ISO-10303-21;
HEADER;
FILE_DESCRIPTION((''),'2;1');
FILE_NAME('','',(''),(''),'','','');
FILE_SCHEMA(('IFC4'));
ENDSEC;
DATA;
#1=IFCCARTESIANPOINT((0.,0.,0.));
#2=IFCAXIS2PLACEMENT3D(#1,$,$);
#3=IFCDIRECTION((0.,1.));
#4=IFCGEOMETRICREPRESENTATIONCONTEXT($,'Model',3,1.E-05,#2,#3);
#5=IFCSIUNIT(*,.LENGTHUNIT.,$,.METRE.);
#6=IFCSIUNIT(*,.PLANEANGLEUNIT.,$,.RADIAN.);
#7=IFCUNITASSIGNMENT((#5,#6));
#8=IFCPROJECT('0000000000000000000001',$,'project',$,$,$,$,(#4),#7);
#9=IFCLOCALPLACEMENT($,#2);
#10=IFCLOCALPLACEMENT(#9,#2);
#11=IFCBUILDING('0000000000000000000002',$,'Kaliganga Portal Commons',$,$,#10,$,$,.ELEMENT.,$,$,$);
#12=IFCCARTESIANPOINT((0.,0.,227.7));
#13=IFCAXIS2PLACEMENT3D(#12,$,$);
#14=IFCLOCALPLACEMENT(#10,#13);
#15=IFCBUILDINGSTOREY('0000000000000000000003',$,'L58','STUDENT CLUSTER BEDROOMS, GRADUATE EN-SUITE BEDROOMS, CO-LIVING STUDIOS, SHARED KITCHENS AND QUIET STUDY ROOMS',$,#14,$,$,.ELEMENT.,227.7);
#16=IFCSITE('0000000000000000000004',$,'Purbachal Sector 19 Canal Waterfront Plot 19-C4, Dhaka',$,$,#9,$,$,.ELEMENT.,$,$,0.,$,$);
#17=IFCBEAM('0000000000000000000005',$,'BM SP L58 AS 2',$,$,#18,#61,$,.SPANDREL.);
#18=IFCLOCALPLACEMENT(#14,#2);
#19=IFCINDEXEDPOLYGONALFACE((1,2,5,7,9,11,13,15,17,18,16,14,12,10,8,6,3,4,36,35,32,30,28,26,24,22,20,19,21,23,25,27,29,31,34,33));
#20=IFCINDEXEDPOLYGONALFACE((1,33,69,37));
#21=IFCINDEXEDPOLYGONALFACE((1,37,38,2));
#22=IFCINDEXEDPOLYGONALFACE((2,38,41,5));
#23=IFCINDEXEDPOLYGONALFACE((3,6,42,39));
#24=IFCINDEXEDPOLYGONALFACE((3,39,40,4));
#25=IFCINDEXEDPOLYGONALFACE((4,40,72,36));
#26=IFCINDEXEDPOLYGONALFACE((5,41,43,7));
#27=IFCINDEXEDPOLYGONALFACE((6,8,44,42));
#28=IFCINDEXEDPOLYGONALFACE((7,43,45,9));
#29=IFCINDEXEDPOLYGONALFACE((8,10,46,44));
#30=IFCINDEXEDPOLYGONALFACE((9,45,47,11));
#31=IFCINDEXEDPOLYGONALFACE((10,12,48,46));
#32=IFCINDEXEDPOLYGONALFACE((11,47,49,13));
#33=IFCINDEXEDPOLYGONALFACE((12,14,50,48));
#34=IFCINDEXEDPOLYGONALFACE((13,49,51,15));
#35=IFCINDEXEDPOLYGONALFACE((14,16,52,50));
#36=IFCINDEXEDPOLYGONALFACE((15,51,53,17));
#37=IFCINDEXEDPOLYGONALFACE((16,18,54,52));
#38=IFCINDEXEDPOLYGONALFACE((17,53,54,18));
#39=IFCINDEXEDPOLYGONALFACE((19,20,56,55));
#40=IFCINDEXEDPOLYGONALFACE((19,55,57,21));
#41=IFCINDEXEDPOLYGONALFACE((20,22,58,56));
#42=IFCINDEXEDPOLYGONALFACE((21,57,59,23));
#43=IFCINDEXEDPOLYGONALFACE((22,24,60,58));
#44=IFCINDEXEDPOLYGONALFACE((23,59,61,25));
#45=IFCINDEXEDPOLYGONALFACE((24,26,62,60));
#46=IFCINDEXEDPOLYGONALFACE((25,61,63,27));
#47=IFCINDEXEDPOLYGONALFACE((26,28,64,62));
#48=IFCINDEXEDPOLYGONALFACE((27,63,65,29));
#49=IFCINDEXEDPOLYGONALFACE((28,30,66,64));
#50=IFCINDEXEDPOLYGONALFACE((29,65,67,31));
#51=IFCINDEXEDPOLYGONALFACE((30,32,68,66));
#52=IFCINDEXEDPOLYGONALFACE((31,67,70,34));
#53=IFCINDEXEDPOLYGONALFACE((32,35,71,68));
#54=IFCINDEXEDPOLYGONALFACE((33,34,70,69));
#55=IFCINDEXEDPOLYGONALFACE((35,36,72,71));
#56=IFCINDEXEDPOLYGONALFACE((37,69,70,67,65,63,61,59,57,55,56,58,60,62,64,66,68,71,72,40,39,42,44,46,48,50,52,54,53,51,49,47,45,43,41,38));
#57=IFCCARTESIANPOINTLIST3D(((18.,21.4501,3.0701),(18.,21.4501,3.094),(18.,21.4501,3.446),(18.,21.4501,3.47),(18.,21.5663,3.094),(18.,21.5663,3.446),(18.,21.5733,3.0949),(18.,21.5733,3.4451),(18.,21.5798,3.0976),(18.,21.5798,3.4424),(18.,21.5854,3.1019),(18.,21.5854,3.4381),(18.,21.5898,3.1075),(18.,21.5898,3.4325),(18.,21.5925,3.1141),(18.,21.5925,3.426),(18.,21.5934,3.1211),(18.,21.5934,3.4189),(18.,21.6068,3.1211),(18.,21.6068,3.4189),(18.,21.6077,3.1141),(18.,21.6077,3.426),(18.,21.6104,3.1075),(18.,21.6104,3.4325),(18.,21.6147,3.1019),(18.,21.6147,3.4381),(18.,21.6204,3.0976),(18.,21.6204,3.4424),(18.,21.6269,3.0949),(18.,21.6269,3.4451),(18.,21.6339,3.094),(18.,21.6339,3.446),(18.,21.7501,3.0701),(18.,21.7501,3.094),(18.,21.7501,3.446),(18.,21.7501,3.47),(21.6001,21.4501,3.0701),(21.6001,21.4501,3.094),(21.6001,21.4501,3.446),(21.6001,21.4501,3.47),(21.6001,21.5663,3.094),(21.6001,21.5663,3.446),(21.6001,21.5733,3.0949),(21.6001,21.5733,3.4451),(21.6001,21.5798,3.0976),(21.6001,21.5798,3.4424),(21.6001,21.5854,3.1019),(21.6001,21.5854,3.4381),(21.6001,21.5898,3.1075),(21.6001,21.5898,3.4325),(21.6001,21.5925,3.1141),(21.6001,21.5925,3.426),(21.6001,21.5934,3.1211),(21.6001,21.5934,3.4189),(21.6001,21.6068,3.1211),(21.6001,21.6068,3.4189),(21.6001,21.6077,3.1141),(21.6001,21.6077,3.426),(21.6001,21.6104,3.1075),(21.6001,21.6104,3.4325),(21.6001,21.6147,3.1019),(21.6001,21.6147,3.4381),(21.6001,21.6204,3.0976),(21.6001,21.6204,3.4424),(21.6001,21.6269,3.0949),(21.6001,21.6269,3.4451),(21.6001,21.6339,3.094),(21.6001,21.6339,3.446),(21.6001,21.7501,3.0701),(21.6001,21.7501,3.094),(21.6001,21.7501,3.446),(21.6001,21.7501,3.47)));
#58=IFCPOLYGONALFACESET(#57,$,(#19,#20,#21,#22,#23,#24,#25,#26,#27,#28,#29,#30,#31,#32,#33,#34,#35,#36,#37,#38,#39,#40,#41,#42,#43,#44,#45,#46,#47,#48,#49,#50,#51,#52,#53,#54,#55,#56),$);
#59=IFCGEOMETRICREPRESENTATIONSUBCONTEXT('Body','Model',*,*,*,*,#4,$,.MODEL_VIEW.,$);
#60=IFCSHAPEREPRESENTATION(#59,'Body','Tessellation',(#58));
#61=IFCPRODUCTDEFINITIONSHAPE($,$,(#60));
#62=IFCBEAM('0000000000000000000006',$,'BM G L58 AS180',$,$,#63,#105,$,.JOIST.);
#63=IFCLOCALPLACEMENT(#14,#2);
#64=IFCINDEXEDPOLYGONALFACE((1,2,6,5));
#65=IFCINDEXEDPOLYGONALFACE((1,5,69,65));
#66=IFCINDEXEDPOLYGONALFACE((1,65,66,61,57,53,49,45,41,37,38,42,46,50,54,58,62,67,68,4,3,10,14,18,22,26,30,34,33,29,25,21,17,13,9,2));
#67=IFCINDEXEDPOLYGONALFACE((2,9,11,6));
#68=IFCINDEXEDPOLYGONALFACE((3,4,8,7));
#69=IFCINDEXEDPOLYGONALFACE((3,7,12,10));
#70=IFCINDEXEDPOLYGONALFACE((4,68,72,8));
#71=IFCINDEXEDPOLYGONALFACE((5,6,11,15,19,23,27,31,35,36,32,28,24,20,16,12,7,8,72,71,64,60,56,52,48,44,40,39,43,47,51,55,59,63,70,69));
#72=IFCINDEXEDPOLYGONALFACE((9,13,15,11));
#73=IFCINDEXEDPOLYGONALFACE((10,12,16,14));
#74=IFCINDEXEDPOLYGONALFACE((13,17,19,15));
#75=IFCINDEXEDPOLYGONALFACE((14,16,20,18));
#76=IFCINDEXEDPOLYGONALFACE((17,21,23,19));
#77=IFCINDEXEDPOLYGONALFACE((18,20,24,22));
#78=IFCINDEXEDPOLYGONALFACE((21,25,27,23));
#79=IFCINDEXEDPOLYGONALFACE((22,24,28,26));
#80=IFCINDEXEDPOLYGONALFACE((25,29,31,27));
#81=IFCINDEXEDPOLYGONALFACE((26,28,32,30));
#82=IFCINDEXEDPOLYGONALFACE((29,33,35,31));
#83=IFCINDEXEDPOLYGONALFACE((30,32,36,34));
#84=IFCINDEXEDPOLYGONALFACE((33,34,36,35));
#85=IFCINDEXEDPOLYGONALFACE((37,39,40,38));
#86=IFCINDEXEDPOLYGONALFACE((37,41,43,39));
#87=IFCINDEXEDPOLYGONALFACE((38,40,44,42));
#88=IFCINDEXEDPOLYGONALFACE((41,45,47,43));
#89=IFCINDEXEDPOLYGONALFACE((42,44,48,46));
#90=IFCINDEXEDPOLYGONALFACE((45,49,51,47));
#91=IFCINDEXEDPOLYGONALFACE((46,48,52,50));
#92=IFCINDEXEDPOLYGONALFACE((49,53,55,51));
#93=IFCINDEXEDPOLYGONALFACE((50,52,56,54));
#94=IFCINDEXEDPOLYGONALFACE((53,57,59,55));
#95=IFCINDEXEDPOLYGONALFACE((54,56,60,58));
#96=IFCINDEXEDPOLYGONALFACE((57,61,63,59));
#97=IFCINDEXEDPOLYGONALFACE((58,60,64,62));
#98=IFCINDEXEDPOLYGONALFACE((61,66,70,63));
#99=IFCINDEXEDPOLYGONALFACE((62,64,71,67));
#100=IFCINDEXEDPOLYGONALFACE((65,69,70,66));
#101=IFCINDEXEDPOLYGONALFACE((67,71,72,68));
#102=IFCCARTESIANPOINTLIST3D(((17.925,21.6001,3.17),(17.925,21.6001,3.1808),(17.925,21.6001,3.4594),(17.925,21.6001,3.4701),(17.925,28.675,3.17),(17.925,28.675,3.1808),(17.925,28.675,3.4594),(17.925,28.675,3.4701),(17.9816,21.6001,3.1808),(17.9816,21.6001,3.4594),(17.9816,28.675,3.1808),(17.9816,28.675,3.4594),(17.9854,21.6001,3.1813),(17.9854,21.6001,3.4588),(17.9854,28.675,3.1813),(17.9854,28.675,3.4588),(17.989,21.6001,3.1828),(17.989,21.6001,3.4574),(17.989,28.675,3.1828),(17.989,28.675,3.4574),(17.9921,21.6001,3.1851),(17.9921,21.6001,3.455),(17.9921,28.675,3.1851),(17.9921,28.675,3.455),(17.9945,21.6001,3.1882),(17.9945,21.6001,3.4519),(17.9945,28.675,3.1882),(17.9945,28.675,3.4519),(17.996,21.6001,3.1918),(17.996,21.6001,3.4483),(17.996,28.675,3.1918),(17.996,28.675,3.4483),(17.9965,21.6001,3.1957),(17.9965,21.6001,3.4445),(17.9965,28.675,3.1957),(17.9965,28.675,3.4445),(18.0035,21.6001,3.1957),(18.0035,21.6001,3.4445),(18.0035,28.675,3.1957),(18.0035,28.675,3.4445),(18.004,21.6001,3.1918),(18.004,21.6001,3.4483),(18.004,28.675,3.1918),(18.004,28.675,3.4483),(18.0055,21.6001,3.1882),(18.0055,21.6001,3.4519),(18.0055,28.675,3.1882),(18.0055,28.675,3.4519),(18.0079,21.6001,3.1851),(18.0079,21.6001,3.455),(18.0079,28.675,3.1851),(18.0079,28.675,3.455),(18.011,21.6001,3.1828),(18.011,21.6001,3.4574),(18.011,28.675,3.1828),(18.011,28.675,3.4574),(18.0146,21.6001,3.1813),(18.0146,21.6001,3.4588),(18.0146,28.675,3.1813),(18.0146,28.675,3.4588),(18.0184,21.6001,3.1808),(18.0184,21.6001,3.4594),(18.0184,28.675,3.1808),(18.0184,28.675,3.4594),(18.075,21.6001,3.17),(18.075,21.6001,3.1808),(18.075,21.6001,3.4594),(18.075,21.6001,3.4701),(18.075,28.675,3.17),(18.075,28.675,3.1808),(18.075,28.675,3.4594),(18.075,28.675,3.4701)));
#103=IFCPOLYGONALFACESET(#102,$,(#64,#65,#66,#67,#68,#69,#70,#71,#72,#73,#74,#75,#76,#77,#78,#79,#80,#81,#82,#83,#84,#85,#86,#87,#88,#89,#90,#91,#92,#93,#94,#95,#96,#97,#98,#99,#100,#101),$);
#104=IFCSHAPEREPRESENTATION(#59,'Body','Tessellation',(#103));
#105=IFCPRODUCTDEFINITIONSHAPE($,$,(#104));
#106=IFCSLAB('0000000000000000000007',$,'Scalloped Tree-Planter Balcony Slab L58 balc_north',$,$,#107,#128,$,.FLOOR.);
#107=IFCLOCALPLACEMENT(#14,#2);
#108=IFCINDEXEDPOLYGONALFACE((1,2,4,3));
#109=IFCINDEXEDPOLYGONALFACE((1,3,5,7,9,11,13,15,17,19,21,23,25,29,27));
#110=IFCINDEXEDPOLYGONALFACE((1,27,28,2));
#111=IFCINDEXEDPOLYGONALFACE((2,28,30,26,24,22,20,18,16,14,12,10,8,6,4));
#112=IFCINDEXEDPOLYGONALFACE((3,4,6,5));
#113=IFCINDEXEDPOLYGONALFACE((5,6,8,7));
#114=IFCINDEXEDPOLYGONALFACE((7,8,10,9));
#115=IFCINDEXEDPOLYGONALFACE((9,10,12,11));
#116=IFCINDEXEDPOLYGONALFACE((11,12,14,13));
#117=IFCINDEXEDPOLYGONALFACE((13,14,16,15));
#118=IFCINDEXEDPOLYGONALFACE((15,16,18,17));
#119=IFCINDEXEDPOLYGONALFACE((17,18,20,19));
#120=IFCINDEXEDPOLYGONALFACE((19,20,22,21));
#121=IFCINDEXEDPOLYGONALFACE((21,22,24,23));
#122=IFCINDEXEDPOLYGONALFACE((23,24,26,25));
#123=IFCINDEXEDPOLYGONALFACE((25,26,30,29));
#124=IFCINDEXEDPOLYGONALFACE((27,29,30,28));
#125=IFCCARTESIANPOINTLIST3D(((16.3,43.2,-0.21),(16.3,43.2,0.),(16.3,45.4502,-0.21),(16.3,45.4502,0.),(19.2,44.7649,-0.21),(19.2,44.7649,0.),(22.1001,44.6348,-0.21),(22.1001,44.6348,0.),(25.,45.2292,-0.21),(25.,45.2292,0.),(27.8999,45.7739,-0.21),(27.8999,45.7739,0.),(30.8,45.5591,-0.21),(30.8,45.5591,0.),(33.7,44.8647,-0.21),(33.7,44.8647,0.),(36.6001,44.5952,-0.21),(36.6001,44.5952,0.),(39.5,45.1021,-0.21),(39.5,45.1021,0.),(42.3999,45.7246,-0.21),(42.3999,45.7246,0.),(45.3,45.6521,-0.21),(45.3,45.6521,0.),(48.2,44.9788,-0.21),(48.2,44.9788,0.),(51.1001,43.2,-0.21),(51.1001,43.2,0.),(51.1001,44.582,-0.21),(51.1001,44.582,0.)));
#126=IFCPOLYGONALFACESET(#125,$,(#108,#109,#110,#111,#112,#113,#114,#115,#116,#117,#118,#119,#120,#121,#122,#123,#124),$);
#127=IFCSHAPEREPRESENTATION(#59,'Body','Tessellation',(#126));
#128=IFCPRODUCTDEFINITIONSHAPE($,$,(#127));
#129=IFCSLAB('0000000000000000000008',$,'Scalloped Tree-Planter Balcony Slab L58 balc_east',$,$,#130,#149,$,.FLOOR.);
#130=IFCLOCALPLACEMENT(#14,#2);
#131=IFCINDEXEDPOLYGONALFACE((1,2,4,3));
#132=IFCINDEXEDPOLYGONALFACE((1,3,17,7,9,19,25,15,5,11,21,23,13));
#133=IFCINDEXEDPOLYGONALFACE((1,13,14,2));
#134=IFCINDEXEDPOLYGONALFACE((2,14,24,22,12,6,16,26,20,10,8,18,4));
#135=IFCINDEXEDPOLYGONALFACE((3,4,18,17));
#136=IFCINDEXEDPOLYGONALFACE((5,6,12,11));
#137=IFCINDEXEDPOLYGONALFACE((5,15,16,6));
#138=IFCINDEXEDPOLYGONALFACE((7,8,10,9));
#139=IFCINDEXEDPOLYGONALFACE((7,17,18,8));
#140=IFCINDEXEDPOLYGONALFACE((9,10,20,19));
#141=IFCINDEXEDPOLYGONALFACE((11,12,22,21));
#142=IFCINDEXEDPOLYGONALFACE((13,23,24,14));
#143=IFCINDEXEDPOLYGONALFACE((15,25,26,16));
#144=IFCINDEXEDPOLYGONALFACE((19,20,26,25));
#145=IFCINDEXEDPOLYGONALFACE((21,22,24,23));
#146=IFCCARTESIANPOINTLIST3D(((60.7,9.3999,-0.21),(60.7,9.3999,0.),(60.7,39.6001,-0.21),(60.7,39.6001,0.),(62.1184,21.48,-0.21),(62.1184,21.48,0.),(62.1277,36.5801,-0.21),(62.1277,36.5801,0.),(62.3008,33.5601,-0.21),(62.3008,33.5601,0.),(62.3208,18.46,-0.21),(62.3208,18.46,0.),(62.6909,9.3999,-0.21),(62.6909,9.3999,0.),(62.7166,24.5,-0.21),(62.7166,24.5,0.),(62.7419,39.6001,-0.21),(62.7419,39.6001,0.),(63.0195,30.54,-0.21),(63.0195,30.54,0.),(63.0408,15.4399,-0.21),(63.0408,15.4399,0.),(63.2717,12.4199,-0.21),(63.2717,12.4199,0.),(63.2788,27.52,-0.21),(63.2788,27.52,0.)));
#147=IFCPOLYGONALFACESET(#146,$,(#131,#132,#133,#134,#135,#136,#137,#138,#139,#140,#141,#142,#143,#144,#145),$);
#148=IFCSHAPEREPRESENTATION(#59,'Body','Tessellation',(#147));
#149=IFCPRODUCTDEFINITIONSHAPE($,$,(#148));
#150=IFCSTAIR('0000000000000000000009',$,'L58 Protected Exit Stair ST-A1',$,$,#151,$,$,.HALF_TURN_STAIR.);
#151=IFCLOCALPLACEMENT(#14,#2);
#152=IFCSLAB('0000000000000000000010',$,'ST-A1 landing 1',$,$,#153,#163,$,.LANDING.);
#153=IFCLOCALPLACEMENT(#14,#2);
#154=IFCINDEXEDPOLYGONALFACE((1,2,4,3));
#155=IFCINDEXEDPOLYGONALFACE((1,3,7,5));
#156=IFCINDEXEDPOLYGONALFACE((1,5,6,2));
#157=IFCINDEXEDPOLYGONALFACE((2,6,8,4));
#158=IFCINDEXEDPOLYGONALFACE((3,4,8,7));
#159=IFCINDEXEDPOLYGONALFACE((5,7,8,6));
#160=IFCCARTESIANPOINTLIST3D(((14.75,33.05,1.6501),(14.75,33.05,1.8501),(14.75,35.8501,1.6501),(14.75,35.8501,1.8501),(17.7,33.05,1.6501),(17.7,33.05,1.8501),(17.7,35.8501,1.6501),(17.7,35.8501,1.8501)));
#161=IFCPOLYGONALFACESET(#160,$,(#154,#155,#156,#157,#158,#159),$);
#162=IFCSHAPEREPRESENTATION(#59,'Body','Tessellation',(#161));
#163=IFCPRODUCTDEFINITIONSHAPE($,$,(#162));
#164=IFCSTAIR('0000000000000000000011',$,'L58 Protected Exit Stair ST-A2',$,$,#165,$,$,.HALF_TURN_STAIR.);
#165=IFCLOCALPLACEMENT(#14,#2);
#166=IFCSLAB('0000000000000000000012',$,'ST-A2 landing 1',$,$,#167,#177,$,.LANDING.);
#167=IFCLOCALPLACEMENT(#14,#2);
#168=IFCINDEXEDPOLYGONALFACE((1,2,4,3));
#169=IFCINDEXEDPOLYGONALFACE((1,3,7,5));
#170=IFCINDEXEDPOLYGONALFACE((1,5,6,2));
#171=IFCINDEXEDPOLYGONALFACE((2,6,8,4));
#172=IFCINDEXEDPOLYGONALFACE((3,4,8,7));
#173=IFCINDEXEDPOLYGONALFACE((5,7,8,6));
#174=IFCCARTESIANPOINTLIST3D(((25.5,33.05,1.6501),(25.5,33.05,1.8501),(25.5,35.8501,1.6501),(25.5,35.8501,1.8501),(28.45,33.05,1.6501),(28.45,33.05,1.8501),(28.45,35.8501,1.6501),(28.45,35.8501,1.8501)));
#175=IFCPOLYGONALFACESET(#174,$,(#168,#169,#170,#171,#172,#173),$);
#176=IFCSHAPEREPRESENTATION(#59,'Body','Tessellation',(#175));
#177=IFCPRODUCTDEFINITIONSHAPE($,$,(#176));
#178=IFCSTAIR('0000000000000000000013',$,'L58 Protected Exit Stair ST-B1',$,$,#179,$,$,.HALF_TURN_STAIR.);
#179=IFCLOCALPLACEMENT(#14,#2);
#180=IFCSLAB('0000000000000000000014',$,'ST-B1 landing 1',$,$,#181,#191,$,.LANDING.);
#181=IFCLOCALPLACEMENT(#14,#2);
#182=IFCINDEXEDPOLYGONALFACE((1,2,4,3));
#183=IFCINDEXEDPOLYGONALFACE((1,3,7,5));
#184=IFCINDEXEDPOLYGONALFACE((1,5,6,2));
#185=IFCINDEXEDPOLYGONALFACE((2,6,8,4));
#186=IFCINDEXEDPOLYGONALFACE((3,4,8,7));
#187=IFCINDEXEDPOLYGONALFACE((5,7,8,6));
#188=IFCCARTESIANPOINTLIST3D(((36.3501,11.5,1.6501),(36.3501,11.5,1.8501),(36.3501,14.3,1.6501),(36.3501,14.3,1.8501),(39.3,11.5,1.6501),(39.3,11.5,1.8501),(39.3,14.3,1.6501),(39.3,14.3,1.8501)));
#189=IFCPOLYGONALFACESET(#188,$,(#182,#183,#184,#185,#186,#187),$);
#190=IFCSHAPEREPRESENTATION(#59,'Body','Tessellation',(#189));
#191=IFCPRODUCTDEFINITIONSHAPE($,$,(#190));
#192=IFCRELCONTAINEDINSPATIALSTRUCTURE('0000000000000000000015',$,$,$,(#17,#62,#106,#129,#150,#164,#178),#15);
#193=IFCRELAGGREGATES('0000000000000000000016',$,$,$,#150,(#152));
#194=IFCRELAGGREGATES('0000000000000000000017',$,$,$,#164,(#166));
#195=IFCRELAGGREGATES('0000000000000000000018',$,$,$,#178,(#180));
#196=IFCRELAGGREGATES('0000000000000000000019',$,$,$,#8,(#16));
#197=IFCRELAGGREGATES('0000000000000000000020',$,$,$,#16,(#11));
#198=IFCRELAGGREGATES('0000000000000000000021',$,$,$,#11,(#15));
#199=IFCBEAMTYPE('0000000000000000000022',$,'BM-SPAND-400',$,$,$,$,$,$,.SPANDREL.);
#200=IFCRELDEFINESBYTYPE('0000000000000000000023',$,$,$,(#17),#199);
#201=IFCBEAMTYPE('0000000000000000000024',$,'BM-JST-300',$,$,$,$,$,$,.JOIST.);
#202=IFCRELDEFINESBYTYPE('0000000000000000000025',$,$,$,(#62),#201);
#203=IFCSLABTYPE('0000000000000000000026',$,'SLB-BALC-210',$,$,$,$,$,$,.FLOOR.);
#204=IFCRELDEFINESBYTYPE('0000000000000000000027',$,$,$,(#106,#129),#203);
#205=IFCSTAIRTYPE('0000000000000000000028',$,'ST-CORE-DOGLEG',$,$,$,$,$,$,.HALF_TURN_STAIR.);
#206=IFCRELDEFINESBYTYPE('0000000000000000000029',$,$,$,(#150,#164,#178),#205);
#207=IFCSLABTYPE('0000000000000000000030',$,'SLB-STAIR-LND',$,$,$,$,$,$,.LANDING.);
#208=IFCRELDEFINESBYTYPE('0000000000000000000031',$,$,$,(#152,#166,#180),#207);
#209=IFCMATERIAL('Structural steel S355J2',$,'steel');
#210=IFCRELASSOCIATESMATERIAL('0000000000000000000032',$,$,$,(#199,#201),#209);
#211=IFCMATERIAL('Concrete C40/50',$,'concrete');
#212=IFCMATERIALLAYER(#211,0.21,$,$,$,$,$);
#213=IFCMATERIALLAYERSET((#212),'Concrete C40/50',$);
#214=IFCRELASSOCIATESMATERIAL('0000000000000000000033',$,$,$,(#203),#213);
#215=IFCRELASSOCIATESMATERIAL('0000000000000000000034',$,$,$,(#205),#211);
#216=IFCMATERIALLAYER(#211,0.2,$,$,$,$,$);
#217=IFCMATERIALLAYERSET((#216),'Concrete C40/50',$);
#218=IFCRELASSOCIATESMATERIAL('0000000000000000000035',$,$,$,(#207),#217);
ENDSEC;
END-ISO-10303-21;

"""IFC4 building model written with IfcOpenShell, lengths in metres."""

from ifc_helpers import new_model, si_unit, direction, frame, origin, origin_2d, place, context, subcontext, project, spatial, polyline, i_section, outline, extrude, source, transform, mapped, material, layer, layer_set, material_profile, profile_set, type_object, element, aggregate, save


model = new_model("IFC4")

# Units and contexts
model_context = context("Model", 3, precision=1e-05, world=origin(), true_north=direction((0.0, 1.0)))
body_context = subcontext(model_context, "Body", "Model", "MODEL_VIEW")
ifc_project = project(units=[si_unit("LENGTHUNIT", "METRE"), si_unit("PLANEANGLEUNIT", "RADIAN")], contexts=[model_context])

# Site, building, storey
site_placement = place(None, origin())
site = spatial("IfcSite", under=ifc_project, at=site_placement, Name="Purbachal Sector 19 Canal Waterfront Plot 19-C4, Dhaka", CompositionType="ELEMENT", RefElevation=0.0)
building_placement = place(site_placement, origin())
building = spatial("IfcBuilding", under=site, at=building_placement, Name="Kaliganga Portal Commons", CompositionType="ELEMENT")
storey_placement = place(building_placement, frame((0.0, 0.0, 227.7)))
storey = spatial("IfcBuildingStorey", under=building, at=storey_placement, Name="L58", Description="STUDENT CLUSTER BEDROOMS, GRADUATE EN-SUITE BEDROOMS, CO-LIVING STUDIOS, SHARED KITCHENS AND QUIET STUDY ROOMS", CompositionType="ELEMENT", Elevation=227.7)

# Shared definitions
ifc_material_1 = material(Name="Structural steel S355J2", Category="steel")

# Beams
ifc_material_profile_1 = material_profile(ifc_material_1, i_section(OverallWidth=0.3, OverallDepth=0.3999, WebThickness=0.0134, FlangeThickness=0.0239, FilletRadius=0.0271, at=origin_2d()), Name="HE 400 B")
ifc_profile_set_1 = profile_set([ifc_material_profile_1], Name="Structural steel S355J2 wide-flange")
beam_type_1 = type_object("IfcBeamType", Name="BM-SPAND-400", PredefinedType="SPANDREL", material=ifc_profile_set_1)
shared_shape_1 = source(origin(), body_context, "Body", "SweptSolid", [
    extrude(i_section(OverallWidth=0.3, OverallDepth=0.3999, WebThickness=0.0134, FlangeThickness=0.0239, FilletRadius=0.0271, at=origin_2d()), origin(), (0.0, 0.0, 1.0), 3.6001),
])
for number, where, z_axis, x_axis, name in (
    (1, (18.0, 21.6001, 3.27), (1.0, 0.0, 0.0), (0.0, 1.0, 0.0), "BM SP L58 AS 2"),
):
    element("IfcBeam", number, at=place(storey_placement, frame(where, z_axis=z_axis, x_axis=x_axis)), inside=storey, type_object=beam_type_1, Name=name, PredefinedType="SPANDREL", context=body_context, shape_type="MappedRepresentation", body=[
        mapped(shared_shape_1, transform((0.0, 0.0, 0.0), x_axis=(1.0, 0.0, 0.0), y_axis=(0.0, 1.0, 0.0), z_axis=(0.0, 0.0, 1.0), scale=1.0)),
    ])
ifc_material_profile_2 = material_profile(ifc_material_1, i_section(OverallWidth=0.1499, OverallDepth=0.3, WebThickness=0.0071, FlangeThickness=0.0107, FilletRadius=0.0149, at=origin_2d()), Name="IPE 300")
ifc_profile_set_2 = profile_set([ifc_material_profile_2], Name="Structural steel S355J2 wide-flange")
beam_type_2 = type_object("IfcBeamType", Name="BM-JST-300", PredefinedType="JOIST", material=ifc_profile_set_2)
shared_shape_2 = source(origin(), body_context, "Body", "SweptSolid", [
    extrude(i_section(OverallWidth=0.1499, OverallDepth=0.3, WebThickness=0.0071, FlangeThickness=0.0107, FilletRadius=0.0149, at=origin_2d()), origin(), (0.0, 0.0, 1.0), 7.075),
])
beam_1_placement = place(storey_placement, frame((18.0, 21.6001, 3.3201), z_axis=(0.0, 1.0, 0.0), x_axis=(-1.0, 0.0, 0.0)))
element("IfcBeam", 2, at=beam_1_placement, inside=storey, type_object=beam_type_2, Name="BM G L58 AS180", PredefinedType="JOIST", context=body_context, shape_type="MappedRepresentation", body=[
    mapped(shared_shape_2, transform((0.0, 0.0, 0.0), x_axis=(1.0, 0.0, 0.0), y_axis=(0.0, 1.0, 0.0), z_axis=(0.0, 0.0, 1.0), scale=1.0)),
])

# Slabs
ifc_material_2 = material(Name="Concrete C40/50", Category="concrete")
ifc_layer_1 = layer(ifc_material_2, 0.21)
ifc_layer_set_1 = layer_set([ifc_layer_1], Name="Concrete C40/50")
slab_type_1 = type_object("IfcSlabType", Name="SLB-BALC-210", PredefinedType="FLOOR", material=ifc_layer_set_1)
slab_1_placement = place(storey_placement, frame((0.0, 0.0, -0.21)))
element("IfcSlab", 3, at=slab_1_placement, inside=storey, type_object=slab_type_1, Name="Scalloped Tree-Planter Balcony Slab L58 balc_north", PredefinedType="FLOOR", context=body_context, shape_type="SweptSolid", body=[
    extrude(outline(polyline([(51.1001, 43.2), (51.1001, 44.582), (48.2, 44.9788), (45.3, 45.6521), (42.3999, 45.7246), (39.5, 45.1021), (36.6001, 44.5952), (33.7, 44.8647), (30.8, 45.5591), (27.8999, 45.7739), (25.0, 45.2292), (22.1001, 44.6348), (19.2, 44.7649), (16.3, 45.4502), (16.3, 43.2), (51.1001, 43.2)])), origin(), (0.0, 0.0, 1.0), 0.21),
])
slab_2_placement = place(storey_placement, frame((0.0, 0.0, -0.21)))
element("IfcSlab", 4, at=slab_2_placement, inside=storey, type_object=slab_type_1, Name="Scalloped Tree-Planter Balcony Slab L58 balc_east", PredefinedType="FLOOR", context=body_context, shape_type="SweptSolid", body=[
    extrude(outline(polyline([(60.7, 9.3999), (62.6909, 9.3999), (63.2717, 12.4199), (63.0408, 15.4399), (62.3208, 18.46), (62.1184, 21.48), (62.7166, 24.5), (63.2788, 27.52), (63.0195, 30.54), (62.3008, 33.5601), (62.1277, 36.5801), (62.7419, 39.6001), (60.7, 39.6001), (60.7, 9.3999)])), origin(), (0.0, 0.0, 1.0), 0.21),
])

# Stairs, slabs
stair_type = type_object("IfcStairType", Name="ST-CORE-DOGLEG", PredefinedType="HALF_TURN_STAIR", material=ifc_material_2)
stair_1_placement = place(storey_placement, origin())
stair_1 = element("IfcStair", 5, at=stair_1_placement, inside=storey, type_object=stair_type, Name="L58 Protected Exit Stair ST-A1", PredefinedType="HALF_TURN_STAIR")
ifc_layer_2 = layer(ifc_material_2, 0.2)
ifc_layer_set_2 = layer_set([ifc_layer_2], Name="Concrete C40/50")
slab_type_2 = type_object("IfcSlabType", Name="SLB-STAIR-LND", PredefinedType="LANDING", material=ifc_layer_set_2)
slab_3_placement = place(storey_placement, frame((0.0, 0.0, 1.6501)))
slab_3 = element("IfcSlab", 6, at=slab_3_placement, type_object=slab_type_2, Name="ST-A1 landing 1", PredefinedType="LANDING", context=body_context, shape_type="SweptSolid", body=[
    extrude(outline(polyline([(17.7, 33.05), (17.7, 35.8501), (14.75, 35.8501), (14.75, 33.05), (17.7, 33.05)])), origin(), (0.0, 0.0, 1.0), 0.2),
])
aggregate(stair_1, [slab_3])
stair_2_placement = place(storey_placement, origin())
stair_2 = element("IfcStair", 7, at=stair_2_placement, inside=storey, type_object=stair_type, Name="L58 Protected Exit Stair ST-A2", PredefinedType="HALF_TURN_STAIR")
slab_4_placement = place(storey_placement, frame((0.0, 0.0, 1.6501)))
slab_4 = element("IfcSlab", 8, at=slab_4_placement, type_object=slab_type_2, Name="ST-A2 landing 1", PredefinedType="LANDING", context=body_context, shape_type="SweptSolid", body=[
    extrude(outline(polyline([(28.45, 33.05), (28.45, 35.8501), (25.5, 35.8501), (25.5, 33.05), (28.45, 33.05)])), origin(), (0.0, 0.0, 1.0), 0.2),
])
aggregate(stair_2, [slab_4])
stair_3_placement = place(storey_placement, origin())
stair_3 = element("IfcStair", 9, at=stair_3_placement, inside=storey, type_object=stair_type, Name="L58 Protected Exit Stair ST-B1", PredefinedType="HALF_TURN_STAIR")
slab_5_placement = place(storey_placement, frame((0.0, 0.0, 1.6501)))
slab_5 = element("IfcSlab", 10, at=slab_5_placement, type_object=slab_type_2, Name="ST-B1 landing 1", PredefinedType="LANDING", context=body_context, shape_type="SweptSolid", body=[
    extrude(outline(polyline([(39.3, 11.5), (39.3, 14.3), (36.3501, 14.3), (36.3501, 11.5), (39.3, 11.5)])), origin(), (0.0, 0.0, 1.0), 0.2),
])
aggregate(stair_3, [slab_5])

save(model, "model.ifc")
